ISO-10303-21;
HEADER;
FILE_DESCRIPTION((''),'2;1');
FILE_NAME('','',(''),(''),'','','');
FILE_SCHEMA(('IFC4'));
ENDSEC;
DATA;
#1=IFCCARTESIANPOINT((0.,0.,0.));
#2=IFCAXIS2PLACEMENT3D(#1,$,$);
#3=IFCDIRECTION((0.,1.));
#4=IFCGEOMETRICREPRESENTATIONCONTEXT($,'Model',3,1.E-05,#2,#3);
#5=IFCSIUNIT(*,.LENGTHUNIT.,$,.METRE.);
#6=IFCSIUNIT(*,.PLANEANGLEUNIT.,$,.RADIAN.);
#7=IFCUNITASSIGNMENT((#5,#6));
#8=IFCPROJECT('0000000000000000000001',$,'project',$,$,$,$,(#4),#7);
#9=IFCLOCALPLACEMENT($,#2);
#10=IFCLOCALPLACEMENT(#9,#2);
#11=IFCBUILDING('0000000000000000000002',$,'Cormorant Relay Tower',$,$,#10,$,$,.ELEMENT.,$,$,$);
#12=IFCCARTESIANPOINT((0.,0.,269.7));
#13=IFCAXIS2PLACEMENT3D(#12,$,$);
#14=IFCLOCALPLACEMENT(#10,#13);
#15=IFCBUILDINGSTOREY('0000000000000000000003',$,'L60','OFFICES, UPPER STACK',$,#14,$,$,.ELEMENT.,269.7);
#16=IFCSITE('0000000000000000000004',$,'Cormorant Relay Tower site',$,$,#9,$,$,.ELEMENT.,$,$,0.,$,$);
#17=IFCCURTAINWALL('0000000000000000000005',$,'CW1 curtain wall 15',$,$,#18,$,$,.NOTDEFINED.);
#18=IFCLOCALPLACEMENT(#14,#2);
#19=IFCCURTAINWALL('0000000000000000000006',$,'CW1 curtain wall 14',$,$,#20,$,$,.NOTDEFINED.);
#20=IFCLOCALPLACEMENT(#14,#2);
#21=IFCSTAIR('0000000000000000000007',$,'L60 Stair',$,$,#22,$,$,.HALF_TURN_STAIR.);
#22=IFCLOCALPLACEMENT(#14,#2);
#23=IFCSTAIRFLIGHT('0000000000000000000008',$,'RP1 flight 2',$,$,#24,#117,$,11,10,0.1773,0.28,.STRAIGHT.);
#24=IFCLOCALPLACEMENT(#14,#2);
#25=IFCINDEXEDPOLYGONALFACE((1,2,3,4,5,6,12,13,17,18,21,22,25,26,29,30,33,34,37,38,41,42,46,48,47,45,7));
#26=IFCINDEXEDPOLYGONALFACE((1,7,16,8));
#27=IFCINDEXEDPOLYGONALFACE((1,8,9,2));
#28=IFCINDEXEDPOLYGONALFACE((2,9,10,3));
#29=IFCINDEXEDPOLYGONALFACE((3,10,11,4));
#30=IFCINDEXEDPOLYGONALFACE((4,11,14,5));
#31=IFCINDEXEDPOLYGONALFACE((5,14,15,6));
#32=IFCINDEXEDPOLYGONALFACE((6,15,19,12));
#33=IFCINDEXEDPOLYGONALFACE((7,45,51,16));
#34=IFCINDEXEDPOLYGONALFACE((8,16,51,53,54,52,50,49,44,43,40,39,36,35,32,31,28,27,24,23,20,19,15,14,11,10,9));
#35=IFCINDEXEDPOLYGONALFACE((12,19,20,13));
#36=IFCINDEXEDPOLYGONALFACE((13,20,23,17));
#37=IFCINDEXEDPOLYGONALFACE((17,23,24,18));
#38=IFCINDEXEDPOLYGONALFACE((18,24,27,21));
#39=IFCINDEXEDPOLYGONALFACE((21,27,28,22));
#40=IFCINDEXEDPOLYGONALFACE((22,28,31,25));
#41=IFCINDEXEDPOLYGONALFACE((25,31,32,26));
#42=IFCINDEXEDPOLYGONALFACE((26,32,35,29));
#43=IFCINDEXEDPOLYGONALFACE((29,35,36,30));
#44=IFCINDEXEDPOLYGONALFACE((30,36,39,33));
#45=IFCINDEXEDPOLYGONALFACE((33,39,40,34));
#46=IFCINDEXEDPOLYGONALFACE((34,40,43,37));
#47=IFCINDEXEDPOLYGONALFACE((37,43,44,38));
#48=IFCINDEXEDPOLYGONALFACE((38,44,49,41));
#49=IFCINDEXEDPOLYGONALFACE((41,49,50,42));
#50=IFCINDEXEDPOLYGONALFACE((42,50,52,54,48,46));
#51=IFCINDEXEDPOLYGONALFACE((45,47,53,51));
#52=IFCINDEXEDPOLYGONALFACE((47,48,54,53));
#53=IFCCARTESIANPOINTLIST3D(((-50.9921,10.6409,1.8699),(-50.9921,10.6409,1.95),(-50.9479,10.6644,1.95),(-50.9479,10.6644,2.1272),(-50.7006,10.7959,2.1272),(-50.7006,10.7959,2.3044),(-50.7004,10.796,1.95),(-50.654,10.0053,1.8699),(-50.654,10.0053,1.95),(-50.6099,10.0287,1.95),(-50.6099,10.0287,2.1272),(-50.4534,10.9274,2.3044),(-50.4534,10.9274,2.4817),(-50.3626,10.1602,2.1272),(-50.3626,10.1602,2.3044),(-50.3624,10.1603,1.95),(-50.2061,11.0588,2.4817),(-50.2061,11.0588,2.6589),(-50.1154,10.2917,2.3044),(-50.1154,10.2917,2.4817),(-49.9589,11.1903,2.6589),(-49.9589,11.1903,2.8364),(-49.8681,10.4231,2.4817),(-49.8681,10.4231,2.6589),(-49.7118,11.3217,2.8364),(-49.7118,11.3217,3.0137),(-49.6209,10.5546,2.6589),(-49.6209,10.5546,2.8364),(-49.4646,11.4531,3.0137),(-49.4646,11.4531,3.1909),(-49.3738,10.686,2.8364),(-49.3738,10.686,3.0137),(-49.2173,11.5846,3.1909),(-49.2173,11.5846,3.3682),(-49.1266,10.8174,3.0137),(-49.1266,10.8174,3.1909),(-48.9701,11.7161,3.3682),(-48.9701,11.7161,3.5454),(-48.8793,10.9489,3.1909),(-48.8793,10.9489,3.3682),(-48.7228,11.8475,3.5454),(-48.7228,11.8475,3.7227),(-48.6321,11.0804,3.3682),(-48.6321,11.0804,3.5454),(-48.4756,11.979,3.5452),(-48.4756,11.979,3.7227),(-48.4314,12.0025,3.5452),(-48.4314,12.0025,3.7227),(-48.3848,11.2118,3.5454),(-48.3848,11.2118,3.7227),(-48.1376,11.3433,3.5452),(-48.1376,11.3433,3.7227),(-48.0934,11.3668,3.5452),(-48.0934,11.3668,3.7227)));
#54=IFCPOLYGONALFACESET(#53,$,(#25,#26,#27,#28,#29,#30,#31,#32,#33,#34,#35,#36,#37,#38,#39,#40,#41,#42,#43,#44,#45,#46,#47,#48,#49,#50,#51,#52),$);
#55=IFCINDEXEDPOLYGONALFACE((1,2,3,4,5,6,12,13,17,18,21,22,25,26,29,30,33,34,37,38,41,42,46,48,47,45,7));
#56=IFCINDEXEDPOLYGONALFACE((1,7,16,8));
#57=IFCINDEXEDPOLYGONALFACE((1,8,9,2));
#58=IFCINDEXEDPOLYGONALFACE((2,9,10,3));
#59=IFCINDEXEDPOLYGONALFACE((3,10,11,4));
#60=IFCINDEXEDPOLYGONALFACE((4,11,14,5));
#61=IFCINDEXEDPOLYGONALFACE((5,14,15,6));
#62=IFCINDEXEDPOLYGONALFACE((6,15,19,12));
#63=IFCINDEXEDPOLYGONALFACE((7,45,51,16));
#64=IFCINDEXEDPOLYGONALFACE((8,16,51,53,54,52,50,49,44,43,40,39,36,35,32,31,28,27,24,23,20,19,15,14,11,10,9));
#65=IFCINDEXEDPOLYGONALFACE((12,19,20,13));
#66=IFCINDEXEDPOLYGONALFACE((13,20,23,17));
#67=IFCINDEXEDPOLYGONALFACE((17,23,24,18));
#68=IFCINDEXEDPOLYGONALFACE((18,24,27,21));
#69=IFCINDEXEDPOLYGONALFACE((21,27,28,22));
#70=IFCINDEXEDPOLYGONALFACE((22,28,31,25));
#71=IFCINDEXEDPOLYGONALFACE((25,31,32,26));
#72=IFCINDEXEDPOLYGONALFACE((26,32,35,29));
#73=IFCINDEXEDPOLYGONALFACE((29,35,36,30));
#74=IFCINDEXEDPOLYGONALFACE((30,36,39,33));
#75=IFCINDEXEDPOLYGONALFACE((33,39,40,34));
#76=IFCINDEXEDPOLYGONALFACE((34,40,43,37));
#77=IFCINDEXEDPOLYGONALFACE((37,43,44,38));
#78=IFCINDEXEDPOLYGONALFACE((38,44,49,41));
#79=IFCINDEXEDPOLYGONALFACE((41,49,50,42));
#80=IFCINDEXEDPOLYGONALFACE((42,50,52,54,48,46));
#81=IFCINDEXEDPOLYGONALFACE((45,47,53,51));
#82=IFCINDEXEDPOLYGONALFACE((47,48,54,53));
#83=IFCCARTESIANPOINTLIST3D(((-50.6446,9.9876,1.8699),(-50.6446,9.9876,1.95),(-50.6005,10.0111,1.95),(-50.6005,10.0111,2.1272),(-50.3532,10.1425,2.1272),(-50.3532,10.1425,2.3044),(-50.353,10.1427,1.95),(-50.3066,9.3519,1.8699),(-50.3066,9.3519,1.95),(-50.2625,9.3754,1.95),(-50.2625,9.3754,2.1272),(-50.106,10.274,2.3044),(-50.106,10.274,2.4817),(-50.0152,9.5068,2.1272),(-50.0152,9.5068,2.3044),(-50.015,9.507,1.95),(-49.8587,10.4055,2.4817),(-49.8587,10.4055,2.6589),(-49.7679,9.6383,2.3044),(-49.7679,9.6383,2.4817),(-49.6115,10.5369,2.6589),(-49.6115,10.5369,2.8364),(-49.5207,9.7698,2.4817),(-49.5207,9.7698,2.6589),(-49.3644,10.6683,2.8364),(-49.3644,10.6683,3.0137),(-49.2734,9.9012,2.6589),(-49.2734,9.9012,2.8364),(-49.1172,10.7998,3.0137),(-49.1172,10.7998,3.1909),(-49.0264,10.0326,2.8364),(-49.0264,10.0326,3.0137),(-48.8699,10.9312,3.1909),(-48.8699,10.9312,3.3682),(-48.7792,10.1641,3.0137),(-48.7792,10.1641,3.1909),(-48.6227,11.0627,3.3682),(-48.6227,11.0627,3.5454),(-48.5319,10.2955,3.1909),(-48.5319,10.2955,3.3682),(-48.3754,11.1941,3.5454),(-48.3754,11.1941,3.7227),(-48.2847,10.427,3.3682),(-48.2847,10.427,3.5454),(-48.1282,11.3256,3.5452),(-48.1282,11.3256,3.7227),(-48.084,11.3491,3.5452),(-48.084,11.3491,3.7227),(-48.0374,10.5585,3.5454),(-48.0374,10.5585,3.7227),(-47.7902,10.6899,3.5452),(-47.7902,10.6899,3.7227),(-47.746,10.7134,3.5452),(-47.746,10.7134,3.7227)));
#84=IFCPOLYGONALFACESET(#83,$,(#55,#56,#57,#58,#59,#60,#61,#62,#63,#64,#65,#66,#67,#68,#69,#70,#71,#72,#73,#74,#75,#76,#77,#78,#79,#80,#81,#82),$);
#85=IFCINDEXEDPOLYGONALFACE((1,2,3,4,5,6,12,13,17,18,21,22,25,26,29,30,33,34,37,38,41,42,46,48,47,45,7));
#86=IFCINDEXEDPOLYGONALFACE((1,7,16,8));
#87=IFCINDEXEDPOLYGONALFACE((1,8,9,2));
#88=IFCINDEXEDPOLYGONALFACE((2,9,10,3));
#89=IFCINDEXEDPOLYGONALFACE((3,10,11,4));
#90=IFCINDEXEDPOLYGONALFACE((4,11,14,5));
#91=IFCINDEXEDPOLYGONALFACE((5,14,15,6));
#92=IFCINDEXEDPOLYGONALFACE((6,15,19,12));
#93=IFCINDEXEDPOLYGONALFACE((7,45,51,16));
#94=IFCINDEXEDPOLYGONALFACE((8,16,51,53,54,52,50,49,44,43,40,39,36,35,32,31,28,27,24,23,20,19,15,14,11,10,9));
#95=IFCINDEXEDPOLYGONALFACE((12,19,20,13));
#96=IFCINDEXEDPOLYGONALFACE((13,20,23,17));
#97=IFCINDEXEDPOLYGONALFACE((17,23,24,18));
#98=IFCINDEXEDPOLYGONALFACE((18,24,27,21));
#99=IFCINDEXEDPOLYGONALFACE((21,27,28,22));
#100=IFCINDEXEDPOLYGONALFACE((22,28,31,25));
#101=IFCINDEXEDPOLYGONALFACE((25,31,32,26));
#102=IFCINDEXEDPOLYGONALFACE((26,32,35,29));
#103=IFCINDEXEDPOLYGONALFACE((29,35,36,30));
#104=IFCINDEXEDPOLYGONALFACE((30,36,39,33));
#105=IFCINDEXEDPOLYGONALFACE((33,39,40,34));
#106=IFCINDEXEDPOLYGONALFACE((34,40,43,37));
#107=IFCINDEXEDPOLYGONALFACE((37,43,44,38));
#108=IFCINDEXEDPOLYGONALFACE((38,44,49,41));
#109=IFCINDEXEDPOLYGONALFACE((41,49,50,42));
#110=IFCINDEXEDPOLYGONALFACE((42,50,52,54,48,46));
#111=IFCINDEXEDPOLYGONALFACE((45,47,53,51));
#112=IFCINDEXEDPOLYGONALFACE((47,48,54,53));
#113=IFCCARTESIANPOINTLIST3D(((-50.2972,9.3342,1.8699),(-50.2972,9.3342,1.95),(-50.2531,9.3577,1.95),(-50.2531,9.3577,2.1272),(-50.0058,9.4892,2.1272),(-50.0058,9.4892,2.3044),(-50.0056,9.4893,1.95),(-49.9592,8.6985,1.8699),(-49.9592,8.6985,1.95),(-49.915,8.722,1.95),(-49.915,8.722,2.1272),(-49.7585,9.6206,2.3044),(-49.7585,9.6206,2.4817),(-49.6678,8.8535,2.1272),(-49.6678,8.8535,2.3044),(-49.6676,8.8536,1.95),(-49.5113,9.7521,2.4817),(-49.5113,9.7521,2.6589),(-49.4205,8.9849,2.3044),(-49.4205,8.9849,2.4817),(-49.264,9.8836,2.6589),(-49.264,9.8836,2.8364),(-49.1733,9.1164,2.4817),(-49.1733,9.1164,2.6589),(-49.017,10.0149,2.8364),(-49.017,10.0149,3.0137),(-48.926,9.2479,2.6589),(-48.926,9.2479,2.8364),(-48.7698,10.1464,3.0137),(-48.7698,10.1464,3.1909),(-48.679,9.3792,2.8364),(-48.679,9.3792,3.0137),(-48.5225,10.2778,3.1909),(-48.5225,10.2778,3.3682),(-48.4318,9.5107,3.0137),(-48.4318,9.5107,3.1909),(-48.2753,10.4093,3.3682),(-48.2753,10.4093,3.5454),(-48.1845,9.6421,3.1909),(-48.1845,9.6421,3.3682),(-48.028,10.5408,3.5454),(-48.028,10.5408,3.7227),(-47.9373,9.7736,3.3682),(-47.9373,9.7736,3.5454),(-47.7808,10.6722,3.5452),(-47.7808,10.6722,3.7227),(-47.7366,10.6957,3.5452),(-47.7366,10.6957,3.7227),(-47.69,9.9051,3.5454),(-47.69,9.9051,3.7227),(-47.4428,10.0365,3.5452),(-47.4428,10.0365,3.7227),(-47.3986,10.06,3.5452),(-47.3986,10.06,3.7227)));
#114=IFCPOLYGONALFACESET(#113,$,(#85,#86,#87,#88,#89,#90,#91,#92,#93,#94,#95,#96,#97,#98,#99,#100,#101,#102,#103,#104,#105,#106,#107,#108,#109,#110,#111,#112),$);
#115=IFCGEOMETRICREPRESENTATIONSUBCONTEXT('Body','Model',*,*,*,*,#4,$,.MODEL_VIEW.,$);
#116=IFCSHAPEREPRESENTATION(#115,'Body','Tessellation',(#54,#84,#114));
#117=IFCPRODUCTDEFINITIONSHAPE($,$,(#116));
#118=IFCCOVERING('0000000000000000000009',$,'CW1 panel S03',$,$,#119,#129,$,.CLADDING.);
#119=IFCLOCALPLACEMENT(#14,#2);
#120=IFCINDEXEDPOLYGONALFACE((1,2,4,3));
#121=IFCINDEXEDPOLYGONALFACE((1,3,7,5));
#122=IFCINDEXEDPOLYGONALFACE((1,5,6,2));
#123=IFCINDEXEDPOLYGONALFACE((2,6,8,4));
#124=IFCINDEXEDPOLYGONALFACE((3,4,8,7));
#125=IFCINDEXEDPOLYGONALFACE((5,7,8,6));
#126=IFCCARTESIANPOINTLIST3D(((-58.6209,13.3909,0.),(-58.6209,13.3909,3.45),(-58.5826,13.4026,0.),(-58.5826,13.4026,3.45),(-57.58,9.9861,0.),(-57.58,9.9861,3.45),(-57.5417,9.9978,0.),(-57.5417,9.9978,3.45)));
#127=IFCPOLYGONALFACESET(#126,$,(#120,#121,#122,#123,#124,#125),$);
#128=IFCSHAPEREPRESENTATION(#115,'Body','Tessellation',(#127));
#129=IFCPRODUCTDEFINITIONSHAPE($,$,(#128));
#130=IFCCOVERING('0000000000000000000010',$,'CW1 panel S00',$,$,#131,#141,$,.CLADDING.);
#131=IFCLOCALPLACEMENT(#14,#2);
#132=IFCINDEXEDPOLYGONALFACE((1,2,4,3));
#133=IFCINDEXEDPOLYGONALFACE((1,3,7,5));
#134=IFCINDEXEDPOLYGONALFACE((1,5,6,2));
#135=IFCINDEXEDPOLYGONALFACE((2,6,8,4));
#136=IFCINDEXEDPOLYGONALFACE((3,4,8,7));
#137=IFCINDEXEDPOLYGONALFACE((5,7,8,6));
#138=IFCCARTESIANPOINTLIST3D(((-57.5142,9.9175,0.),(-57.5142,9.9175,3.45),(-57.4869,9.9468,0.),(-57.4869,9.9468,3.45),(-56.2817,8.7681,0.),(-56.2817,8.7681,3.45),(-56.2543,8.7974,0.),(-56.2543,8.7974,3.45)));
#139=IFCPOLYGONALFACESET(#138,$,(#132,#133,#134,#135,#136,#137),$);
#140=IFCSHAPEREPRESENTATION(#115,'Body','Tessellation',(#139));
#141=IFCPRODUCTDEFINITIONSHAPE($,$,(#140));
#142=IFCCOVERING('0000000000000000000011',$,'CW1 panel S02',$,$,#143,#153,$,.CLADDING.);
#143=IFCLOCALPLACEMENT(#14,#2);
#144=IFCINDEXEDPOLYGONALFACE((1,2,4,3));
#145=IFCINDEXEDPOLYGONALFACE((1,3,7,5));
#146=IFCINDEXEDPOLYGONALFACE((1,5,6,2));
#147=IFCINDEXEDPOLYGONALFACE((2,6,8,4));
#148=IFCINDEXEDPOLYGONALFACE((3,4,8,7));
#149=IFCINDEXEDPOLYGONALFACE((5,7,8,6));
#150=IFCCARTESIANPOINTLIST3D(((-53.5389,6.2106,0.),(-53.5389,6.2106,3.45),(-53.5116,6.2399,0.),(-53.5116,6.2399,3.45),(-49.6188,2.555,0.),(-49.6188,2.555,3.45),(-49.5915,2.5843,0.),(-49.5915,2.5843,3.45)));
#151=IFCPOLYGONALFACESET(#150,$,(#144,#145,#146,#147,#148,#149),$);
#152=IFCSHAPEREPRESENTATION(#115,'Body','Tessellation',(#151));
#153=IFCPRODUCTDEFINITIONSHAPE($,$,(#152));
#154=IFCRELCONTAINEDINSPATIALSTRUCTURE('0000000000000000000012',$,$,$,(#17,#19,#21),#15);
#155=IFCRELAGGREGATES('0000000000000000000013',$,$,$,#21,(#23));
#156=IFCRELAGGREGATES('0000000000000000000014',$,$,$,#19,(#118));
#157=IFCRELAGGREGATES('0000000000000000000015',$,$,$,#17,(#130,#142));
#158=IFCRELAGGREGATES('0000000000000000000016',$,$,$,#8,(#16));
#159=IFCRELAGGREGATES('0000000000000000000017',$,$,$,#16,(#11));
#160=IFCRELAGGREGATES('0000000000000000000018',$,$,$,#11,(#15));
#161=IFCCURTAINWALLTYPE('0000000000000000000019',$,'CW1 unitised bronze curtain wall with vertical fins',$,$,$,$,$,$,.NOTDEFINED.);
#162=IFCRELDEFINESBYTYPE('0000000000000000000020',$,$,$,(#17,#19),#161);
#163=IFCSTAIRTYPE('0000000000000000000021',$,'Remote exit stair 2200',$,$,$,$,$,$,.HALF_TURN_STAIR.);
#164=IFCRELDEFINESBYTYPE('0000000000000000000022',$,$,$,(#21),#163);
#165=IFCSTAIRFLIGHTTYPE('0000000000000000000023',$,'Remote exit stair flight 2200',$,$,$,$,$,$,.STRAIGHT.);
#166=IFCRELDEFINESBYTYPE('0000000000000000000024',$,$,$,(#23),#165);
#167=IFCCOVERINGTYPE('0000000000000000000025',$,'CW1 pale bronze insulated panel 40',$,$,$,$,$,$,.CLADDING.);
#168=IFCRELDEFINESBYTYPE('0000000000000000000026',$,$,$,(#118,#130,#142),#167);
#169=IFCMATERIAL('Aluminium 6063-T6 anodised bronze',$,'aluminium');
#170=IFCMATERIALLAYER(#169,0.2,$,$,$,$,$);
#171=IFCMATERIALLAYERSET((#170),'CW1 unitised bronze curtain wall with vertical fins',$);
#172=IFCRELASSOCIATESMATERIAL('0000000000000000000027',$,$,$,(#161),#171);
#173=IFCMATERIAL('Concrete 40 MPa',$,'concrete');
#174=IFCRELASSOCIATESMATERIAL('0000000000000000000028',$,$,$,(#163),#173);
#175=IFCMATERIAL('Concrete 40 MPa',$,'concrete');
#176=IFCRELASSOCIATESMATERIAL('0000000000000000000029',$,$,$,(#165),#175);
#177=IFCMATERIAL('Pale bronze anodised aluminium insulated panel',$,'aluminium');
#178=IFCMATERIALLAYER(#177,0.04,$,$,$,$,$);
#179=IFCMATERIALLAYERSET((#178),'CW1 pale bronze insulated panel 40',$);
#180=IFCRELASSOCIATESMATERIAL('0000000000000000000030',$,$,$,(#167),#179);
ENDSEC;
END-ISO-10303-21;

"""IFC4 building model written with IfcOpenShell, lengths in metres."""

from ifc_helpers import new_model, si_unit, direction, frame, origin, origin_2d, place, context, subcontext, project, spatial, polyline, rectangle, outline, extrude, material, layer, layer_set, type_object, element, aggregate, save


model = new_model("IFC4")

# Units and contexts
model_context = context("Model", 3, precision=1e-05, world=origin(), true_north=direction((0.0, 1.0)))
body_context = subcontext(model_context, "Body", "Model", "MODEL_VIEW")
ifc_project = project(units=[si_unit("LENGTHUNIT", "METRE"), si_unit("PLANEANGLEUNIT", "RADIAN")], contexts=[model_context])

# Site, building, storey
site_placement = place(None, origin())
site = spatial("IfcSite", under=ifc_project, at=site_placement, Name="Cormorant Relay Tower site", CompositionType="ELEMENT", RefElevation=0.0)
building_placement = place(site_placement, origin())
building = spatial("IfcBuilding", under=site, at=building_placement, Name="Cormorant Relay Tower", CompositionType="ELEMENT")
storey_placement = place(building_placement, frame((0.0, 0.0, 269.7)))
storey = spatial("IfcBuildingStorey", under=building, at=storey_placement, Name="L60", Description="OFFICES, UPPER STACK", CompositionType="ELEMENT", Elevation=269.7)

# Curtain wall
ifc_material_1 = material(Name="Aluminium 6063-T6 anodised bronze", Category="aluminium")
ifc_layer_1 = layer(ifc_material_1, 0.2)
ifc_layer_set_1 = layer_set([ifc_layer_1], Name="CW1 unitised bronze curtain wall with vertical fins")
curtain_wall_type = type_object("IfcCurtainWallType", Name="CW1 unitised bronze curtain wall with vertical fins", PredefinedType="NOTDEFINED", material=ifc_layer_set_1)
curtain_wall_1_placement = place(storey_placement, origin())
curtain_wall_1 = element("IfcCurtainWall", 1, at=curtain_wall_1_placement, inside=storey, type_object=curtain_wall_type, Name="CW1 curtain wall 15", PredefinedType="NOTDEFINED")

# Curtain wall
curtain_wall_2_placement = place(storey_placement, origin())
curtain_wall_2 = element("IfcCurtainWall", 2, at=curtain_wall_2_placement, inside=storey, type_object=curtain_wall_type, Name="CW1 curtain wall 14", PredefinedType="NOTDEFINED")

# Stair, stair flight
ifc_material_2 = material(Name="Concrete 40 MPa", Category="concrete")
stair_type = type_object("IfcStairType", Name="Remote exit stair 2200", PredefinedType="HALF_TURN_STAIR", material=ifc_material_2)
stair_placement = place(storey_placement, origin())
stair = element("IfcStair", 3, at=stair_placement, inside=storey, type_object=stair_type, Name="L60 Stair", PredefinedType="HALF_TURN_STAIR")
ifc_material_3 = material(Name="Concrete 40 MPa", Category="concrete")
stair_flight_type = type_object("IfcStairFlightType", Name="Remote exit stair flight 2200", PredefinedType="STRAIGHT", material=ifc_material_3)
stair_flight_1_placement = place(storey_placement, frame((-50.4314, 9.6931, 1.95), z_axis=(0.0, 0.0, 1.0), x_axis=(0.882948, 0.469472, 0.0)))
stair_flight_1 = element("IfcStairFlight", 4, at=stair_flight_1_placement, type_object=stair_flight_type, Name="RP1 flight 2", NumberOfRisers=11, NumberOfTreads=10, PredefinedType="STRAIGHT", RiserHeight=0.1773, TreadLength=0.28, context=body_context, shape_type="SweptSolid", body=[
    extrude(outline(polyline([(-0.05, -0.0801), (-0.05, 0.0), (0.0, 0.0), (0.0, 0.1772), (0.28, 0.1772), (0.28, 0.3545), (0.5601, 0.3545), (0.5601, 0.5317), (0.8401, 0.5317), (0.8401, 0.709), (1.1201, 0.709), (1.1201, 0.8865), (1.3999, 0.8865), (1.3999, 1.0637), (1.6799, 1.0637), (1.6799, 1.241), (1.96, 1.241), (1.96, 1.4182), (2.24, 1.4182), (2.24, 1.5955), (2.52, 1.5955), (2.52, 1.7727), (2.8, 1.7727), (2.8501, 1.7727), (2.8501, 1.5952), (2.8, 1.5952), (0.2803, 0.0), (-0.05, -0.0801)])), frame((0.0, 1.1001, 0.0), z_axis=(0.0, -1.0, 0.0), x_axis=(1.0, 0.0, 0.0)), (0.0, 0.0, 1.0), 0.72),
    extrude(outline(polyline([(-0.05, -0.0801), (-0.05, 0.0), (0.0, 0.0), (0.0, 0.1772), (0.28, 0.1772), (0.28, 0.3545), (0.5601, 0.3545), (0.5601, 0.5317), (0.8401, 0.5317), (0.8401, 0.709), (1.1201, 0.709), (1.1201, 0.8865), (1.3999, 0.8865), (1.3999, 1.0637), (1.6799, 1.0637), (1.6799, 1.241), (1.96, 1.241), (1.96, 1.4182), (2.24, 1.4182), (2.24, 1.5955), (2.52, 1.5955), (2.52, 1.7727), (2.8, 1.7727), (2.8501, 1.7727), (2.8501, 1.5952), (2.8, 1.5952), (0.2803, 0.0), (-0.05, -0.0801)])), frame((0.0, 0.3601, 0.0), z_axis=(0.0, -1.0, 0.0), x_axis=(1.0, 0.0, 0.0)), (0.0, 0.0, 1.0), 0.72),
    extrude(outline(polyline([(-0.05, -0.0801), (-0.05, 0.0), (0.0, 0.0), (0.0, 0.1772), (0.28, 0.1772), (0.28, 0.3545), (0.5601, 0.3545), (0.5601, 0.5317), (0.8401, 0.5317), (0.8401, 0.709), (1.1201, 0.709), (1.1201, 0.8865), (1.3999, 0.8865), (1.3999, 1.0637), (1.6799, 1.0637), (1.6799, 1.241), (1.96, 1.241), (1.96, 1.4182), (2.24, 1.4182), (2.24, 1.5955), (2.52, 1.5955), (2.52, 1.7727), (2.8, 1.7727), (2.8501, 1.7727), (2.8501, 1.5952), (2.8, 1.5952), (0.2803, 0.0), (-0.05, -0.0801)])), frame((0.0, -0.3799, 0.0), z_axis=(0.0, -1.0, 0.0), x_axis=(1.0, 0.0, 0.0)), (0.0, 0.0, 1.0), 0.72),
])
aggregate(stair, [stair_flight_1])

# Coverings
ifc_material_4 = material(Name="Pale bronze anodised aluminium insulated panel", Category="aluminium")
ifc_layer_2 = layer(ifc_material_4, 0.04)
ifc_layer_set_2 = layer_set([ifc_layer_2], Name="CW1 pale bronze insulated panel 40")
covering_type = type_object("IfcCoveringType", Name="CW1 pale bronze insulated panel 40", PredefinedType="CLADDING", material=ifc_layer_set_2)
covering_1_placement = place(storey_placement, frame((-58.0813, 11.6943, 0.0), z_axis=(0.0, 0.0, 1.0), x_axis=(0.292372, -0.956305, 0.0)))
covering_1 = element("IfcCovering", 5, at=covering_1_placement, type_object=covering_type, Name="CW1 panel S03", PredefinedType="CLADDING", context=body_context, shape_type="SweptSolid", body=[
    extrude(rectangle(XDim=3.5603, YDim=0.04, at=origin_2d()), origin(), (0.0, 0.0, 1.0), 3.45),
])
aggregate(curtain_wall_2, [covering_1])
covering_2_placement = place(storey_placement, frame((-56.8843, 9.3574, 0.0), z_axis=(0.0, 0.0, 1.0), x_axis=(0.731354, -0.681998, 0.0)))
covering_2 = element("IfcCovering", 6, at=covering_2_placement, type_object=covering_type, Name="CW1 panel S00", PredefinedType="CLADDING", context=body_context, shape_type="SweptSolid", body=[
    extrude(rectangle(XDim=1.6853, YDim=0.04, at=origin_2d()), origin(), (0.0, 0.0, 1.0), 3.45),
])
covering_3_placement = place(storey_placement, frame((-51.5652, 4.3975, 0.0), z_axis=(0.0, 0.0, 1.0), x_axis=(0.731354, -0.681998, 0.0)))
covering_3 = element("IfcCovering", 7, at=covering_3_placement, type_object=covering_type, Name="CW1 panel S02", PredefinedType="CLADDING", context=body_context, shape_type="SweptSolid", body=[
    extrude(rectangle(XDim=5.3601, YDim=0.04, at=origin_2d()), origin(), (0.0, 0.0, 1.0), 3.45),
])
aggregate(curtain_wall_1, [covering_2, covering_3])

save(model, "model.ifc")
